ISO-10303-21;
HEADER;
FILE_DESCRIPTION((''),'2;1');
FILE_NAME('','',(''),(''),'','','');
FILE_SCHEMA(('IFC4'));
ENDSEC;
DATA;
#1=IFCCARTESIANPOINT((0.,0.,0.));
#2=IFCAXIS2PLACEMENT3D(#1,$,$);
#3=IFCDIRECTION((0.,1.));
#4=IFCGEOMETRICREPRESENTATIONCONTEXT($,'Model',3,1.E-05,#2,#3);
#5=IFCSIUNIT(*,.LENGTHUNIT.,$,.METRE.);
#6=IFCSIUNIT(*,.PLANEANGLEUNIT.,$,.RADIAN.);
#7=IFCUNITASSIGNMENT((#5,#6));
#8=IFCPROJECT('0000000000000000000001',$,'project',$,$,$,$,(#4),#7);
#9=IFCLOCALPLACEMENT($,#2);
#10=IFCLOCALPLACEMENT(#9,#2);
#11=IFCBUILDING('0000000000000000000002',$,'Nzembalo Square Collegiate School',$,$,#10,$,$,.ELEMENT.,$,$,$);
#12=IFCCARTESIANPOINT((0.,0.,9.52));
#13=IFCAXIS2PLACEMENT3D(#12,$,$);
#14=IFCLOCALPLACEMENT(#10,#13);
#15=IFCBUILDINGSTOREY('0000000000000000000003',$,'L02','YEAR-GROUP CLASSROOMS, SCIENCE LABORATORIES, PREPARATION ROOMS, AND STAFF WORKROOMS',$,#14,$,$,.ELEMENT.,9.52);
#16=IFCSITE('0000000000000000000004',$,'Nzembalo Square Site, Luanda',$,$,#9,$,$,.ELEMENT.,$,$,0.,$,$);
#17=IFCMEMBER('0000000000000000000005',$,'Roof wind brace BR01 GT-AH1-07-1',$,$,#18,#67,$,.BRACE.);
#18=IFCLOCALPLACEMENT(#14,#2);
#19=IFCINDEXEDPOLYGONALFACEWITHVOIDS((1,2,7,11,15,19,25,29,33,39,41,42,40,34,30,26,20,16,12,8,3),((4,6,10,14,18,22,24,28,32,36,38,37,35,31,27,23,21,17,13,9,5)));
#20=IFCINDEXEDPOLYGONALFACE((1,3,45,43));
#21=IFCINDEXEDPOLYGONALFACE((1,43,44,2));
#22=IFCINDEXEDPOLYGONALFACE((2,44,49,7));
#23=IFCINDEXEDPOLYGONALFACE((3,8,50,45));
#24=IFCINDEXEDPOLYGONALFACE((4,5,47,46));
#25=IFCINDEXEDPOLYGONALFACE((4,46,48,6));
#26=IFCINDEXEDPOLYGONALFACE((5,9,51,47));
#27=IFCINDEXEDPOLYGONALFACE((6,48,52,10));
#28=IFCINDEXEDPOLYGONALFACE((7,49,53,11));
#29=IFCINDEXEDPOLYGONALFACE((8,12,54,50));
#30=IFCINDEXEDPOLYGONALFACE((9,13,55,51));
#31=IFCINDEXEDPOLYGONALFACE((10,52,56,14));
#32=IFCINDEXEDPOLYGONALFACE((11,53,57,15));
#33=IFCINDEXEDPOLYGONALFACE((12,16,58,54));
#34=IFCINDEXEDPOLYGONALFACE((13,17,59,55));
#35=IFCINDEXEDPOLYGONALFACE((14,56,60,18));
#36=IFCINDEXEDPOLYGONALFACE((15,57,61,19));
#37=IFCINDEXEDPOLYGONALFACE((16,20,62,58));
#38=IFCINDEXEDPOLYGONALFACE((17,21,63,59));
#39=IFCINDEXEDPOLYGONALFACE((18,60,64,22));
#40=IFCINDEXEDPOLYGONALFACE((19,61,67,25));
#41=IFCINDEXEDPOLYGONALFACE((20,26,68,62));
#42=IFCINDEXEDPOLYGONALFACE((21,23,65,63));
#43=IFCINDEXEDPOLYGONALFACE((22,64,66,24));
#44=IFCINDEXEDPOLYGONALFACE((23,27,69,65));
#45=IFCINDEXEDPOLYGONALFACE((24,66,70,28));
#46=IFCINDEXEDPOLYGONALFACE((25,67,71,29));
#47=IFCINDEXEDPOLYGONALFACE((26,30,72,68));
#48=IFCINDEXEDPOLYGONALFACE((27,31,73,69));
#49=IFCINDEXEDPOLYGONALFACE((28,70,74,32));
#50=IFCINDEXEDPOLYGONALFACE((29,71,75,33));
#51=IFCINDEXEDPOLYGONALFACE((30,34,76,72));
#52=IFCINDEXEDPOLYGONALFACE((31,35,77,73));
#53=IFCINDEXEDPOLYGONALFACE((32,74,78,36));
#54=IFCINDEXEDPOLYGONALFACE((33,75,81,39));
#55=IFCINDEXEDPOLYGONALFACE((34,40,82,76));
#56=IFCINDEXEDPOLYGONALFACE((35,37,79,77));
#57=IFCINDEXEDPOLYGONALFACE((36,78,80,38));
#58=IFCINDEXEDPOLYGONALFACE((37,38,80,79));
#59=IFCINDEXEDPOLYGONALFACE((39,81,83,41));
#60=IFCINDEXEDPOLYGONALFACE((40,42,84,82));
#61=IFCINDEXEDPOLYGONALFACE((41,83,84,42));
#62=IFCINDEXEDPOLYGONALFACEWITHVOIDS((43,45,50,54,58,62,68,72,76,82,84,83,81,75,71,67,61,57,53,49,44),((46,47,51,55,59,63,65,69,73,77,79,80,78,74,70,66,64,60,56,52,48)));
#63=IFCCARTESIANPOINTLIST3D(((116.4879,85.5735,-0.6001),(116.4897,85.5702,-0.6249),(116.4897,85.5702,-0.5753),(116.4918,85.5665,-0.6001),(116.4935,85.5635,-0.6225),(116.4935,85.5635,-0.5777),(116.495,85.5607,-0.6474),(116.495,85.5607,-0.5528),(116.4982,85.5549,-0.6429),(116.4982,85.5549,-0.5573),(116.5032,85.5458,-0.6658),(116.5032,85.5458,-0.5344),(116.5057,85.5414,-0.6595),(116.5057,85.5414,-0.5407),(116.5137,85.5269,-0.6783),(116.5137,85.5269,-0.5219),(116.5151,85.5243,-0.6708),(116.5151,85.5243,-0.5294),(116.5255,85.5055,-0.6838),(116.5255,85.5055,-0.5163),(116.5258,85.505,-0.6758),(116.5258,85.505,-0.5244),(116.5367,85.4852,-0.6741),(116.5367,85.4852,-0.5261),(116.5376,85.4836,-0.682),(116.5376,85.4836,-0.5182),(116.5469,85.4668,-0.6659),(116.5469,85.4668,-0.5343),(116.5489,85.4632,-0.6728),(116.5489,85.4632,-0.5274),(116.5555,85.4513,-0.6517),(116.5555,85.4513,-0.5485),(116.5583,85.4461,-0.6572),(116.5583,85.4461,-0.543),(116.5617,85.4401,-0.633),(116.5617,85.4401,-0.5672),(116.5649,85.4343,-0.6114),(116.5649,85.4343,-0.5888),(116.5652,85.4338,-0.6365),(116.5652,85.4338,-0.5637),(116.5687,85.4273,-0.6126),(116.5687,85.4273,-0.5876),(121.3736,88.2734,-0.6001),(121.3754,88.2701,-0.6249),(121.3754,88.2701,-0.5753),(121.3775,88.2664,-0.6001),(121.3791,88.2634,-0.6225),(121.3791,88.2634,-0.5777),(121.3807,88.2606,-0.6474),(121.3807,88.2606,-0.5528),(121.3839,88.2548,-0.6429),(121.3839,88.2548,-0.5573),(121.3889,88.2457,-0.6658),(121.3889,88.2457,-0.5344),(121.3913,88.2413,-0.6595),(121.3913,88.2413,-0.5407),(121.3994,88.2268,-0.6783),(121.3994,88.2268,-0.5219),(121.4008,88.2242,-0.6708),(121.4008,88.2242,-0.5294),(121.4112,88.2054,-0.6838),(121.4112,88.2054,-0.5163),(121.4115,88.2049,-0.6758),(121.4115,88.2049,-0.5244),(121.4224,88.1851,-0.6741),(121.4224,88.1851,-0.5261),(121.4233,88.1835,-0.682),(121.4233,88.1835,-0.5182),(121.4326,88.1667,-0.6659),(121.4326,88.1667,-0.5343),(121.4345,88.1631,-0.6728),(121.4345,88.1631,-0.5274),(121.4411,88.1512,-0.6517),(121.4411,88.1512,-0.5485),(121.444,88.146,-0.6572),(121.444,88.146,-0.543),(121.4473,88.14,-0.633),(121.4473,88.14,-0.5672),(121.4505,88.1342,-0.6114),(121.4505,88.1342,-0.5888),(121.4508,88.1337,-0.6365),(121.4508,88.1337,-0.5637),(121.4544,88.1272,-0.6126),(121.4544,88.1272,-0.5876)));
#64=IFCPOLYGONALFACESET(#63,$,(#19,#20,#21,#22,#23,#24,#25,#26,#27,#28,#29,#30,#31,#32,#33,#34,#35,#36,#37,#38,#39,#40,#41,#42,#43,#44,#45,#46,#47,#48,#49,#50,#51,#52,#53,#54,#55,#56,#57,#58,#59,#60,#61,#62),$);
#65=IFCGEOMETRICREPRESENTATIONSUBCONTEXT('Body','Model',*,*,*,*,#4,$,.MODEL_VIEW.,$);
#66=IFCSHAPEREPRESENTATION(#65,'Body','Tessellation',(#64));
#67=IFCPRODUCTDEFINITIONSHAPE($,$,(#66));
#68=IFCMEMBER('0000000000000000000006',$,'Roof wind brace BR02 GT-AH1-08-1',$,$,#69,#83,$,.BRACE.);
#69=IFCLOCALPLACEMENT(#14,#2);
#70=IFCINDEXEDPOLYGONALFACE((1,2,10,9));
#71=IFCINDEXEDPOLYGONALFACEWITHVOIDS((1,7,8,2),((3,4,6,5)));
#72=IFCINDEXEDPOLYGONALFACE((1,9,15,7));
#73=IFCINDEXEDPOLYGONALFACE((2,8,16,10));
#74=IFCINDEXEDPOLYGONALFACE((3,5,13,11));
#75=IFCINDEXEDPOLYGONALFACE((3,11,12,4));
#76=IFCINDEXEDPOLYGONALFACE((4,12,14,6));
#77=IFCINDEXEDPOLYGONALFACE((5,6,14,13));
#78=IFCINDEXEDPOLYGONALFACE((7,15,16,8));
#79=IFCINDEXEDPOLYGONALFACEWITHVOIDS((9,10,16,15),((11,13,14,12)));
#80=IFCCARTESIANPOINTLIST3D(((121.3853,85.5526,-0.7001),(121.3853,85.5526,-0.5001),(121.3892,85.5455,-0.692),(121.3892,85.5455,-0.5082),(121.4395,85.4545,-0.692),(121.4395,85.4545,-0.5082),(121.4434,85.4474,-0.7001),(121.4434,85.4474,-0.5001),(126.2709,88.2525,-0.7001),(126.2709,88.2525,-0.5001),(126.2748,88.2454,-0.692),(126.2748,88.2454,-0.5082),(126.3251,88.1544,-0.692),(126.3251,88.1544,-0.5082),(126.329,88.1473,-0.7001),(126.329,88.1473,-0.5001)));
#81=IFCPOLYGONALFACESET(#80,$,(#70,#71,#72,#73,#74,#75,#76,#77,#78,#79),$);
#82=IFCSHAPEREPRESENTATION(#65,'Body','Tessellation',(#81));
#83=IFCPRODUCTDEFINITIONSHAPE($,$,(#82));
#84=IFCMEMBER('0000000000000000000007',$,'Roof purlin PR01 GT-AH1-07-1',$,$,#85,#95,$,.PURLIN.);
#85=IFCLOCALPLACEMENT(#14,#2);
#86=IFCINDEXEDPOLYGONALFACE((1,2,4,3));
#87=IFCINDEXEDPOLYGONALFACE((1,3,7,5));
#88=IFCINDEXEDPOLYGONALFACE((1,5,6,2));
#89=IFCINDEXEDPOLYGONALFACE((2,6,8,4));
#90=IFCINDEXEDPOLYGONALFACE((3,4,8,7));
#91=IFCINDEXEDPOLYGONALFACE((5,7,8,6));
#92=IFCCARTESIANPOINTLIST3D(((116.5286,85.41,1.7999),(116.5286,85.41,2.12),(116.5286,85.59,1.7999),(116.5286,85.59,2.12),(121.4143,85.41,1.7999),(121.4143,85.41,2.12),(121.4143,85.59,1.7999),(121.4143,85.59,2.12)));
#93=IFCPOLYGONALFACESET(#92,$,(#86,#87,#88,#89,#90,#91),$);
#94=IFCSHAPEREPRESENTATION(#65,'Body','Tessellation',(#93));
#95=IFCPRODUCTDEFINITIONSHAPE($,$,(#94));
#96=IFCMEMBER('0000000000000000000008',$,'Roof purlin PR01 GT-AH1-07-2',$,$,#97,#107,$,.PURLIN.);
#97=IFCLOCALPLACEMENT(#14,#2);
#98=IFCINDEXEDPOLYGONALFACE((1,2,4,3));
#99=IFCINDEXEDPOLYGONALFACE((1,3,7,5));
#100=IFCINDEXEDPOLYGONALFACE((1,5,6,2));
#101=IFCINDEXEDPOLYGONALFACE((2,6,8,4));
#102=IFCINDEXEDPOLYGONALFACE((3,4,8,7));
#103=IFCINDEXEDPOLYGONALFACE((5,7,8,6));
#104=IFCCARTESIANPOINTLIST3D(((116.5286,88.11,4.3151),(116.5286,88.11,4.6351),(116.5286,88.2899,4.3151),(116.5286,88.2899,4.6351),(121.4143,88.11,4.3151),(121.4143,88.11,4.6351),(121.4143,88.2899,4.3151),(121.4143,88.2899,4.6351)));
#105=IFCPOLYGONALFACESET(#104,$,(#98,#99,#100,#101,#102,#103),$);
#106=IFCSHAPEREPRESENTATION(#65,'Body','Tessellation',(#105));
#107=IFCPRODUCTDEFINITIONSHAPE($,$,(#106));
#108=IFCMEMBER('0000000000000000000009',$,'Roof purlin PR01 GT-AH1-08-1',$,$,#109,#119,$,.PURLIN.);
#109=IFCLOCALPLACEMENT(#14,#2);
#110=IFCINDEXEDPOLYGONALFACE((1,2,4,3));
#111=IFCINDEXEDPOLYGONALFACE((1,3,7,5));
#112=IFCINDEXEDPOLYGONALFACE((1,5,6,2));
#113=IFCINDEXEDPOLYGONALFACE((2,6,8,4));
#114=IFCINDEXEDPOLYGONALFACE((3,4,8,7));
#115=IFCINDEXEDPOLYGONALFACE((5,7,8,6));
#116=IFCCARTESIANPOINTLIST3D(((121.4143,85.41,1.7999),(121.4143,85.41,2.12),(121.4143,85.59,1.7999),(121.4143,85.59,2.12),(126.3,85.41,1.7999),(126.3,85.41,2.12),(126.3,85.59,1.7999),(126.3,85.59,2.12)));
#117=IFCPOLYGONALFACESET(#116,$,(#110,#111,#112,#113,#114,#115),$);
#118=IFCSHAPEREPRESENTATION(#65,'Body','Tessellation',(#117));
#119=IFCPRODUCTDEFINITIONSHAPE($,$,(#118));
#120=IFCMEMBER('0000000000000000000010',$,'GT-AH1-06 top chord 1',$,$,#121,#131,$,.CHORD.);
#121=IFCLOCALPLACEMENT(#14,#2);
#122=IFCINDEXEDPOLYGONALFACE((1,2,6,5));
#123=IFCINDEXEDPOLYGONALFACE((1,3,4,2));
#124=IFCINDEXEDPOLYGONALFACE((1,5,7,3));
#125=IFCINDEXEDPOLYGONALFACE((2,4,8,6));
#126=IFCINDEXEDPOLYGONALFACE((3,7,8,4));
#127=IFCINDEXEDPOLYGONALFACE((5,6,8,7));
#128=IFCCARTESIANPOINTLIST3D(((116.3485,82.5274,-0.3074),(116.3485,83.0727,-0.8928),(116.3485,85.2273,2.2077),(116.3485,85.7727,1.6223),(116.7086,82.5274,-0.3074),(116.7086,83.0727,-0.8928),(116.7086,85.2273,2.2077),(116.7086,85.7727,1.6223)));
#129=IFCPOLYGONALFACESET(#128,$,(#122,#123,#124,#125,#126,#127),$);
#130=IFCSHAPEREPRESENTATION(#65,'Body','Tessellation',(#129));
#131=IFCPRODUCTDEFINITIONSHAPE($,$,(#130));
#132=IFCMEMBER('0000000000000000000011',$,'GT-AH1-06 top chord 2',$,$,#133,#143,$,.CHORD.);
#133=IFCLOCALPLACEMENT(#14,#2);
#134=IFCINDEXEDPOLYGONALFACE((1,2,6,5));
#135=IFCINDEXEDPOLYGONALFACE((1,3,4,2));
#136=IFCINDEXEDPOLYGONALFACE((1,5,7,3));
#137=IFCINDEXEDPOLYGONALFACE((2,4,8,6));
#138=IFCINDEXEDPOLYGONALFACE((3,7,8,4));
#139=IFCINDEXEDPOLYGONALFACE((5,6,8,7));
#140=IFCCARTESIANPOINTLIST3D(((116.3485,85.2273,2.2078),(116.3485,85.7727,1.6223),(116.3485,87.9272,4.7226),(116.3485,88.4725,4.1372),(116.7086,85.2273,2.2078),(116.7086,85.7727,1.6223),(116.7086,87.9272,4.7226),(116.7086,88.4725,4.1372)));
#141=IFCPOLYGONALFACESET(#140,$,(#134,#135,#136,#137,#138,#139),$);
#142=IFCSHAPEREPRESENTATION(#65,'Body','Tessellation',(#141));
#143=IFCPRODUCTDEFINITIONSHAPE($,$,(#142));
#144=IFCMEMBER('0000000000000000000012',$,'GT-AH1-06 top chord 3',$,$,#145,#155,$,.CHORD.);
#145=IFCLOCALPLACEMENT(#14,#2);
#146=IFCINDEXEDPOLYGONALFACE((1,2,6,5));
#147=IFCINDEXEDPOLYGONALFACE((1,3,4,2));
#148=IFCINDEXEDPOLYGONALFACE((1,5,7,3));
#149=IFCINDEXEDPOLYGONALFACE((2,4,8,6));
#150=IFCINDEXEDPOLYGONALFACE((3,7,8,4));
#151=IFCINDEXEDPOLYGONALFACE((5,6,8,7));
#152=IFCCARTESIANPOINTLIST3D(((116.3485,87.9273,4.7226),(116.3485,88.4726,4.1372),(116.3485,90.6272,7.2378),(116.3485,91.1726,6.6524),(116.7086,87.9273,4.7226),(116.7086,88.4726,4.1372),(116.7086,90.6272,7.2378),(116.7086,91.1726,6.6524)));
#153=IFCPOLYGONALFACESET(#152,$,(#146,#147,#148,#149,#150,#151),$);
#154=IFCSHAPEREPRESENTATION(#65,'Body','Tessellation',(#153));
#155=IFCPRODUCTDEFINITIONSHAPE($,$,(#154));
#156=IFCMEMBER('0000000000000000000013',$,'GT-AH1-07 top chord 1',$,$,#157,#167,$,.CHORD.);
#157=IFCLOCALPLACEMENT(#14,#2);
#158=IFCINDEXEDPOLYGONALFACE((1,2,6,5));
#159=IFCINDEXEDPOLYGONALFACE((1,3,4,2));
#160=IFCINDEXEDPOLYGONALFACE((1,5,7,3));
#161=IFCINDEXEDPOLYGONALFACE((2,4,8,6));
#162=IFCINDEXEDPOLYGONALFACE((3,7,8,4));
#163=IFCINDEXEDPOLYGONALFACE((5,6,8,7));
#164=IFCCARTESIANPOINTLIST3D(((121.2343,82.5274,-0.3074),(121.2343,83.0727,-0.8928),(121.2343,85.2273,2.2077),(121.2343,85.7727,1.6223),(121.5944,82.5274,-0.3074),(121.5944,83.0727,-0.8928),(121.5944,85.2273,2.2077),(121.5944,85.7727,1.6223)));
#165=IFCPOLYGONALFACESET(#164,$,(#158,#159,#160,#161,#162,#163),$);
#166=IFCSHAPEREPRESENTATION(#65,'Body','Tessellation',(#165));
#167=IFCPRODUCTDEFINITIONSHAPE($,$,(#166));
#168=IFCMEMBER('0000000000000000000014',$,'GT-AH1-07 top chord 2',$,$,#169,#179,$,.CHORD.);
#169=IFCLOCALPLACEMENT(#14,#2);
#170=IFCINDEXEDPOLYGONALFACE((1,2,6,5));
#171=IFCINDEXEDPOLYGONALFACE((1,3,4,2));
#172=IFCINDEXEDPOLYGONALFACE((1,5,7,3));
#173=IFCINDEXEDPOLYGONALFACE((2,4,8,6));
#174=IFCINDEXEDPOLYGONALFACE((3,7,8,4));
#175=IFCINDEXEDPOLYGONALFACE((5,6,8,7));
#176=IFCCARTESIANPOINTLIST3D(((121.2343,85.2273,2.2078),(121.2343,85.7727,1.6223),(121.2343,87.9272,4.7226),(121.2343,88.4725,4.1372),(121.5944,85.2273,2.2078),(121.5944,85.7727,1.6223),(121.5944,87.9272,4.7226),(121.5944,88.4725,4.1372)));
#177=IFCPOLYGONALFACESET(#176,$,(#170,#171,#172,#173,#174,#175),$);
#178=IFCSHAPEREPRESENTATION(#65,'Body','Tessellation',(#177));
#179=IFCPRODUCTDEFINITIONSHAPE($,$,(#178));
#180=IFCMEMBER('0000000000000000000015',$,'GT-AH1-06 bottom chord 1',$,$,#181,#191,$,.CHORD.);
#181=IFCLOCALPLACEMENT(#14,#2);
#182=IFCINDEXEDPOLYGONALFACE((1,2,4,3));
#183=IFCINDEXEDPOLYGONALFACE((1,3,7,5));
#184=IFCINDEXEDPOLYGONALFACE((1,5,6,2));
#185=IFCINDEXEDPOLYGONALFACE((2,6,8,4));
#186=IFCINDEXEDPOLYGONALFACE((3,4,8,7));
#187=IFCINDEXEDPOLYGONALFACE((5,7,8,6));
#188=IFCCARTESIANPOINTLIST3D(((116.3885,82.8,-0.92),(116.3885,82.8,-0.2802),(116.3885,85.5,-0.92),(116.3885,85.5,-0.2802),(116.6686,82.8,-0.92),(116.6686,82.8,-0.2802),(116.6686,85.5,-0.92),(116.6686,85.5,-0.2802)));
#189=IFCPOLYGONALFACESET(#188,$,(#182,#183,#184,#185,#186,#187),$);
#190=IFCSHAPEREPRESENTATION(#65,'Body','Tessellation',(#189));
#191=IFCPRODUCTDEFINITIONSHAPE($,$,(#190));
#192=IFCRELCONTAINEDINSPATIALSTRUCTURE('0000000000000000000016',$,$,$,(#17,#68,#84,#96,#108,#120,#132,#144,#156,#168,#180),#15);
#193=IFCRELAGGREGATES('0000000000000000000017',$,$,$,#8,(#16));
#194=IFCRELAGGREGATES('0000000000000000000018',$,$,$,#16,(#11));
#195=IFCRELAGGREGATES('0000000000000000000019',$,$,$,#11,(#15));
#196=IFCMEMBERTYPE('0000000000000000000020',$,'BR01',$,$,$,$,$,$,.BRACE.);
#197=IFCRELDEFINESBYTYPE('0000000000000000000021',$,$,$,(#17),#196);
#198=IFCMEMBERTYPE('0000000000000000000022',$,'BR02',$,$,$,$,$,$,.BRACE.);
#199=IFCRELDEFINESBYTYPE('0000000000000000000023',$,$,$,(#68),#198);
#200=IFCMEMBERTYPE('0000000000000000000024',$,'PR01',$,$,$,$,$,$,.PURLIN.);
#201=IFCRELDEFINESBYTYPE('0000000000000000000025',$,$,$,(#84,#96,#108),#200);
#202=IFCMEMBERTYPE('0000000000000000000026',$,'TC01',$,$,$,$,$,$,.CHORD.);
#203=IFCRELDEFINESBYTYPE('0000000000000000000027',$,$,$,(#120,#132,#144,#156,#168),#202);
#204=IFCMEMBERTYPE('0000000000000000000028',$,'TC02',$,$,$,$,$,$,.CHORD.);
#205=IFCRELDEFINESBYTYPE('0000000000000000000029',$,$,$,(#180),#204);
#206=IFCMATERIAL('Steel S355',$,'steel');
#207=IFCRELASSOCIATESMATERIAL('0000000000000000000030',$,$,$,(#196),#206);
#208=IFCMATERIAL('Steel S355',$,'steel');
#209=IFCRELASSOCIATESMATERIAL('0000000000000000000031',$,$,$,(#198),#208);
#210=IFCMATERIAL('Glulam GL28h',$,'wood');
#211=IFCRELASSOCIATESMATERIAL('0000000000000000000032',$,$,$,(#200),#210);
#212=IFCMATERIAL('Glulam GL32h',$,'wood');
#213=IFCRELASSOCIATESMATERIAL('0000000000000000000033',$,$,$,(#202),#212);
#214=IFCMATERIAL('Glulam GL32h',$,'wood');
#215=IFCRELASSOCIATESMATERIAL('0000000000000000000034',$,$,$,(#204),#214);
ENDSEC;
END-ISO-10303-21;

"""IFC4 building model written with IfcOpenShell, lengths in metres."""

from ifc_helpers import new_model, si_unit, direction, frame, origin, origin_2d, place, context, subcontext, project, spatial, rectangle, hollow_rectangle, hollow_circle, extrude, material, material_profile, profile_set, type_object, element, save


model = new_model("IFC4")

# Units and contexts
model_context = context("Model", 3, precision=1e-05, world=origin(), true_north=direction((0.0, 1.0)))
body_context = subcontext(model_context, "Body", "Model", "MODEL_VIEW")
ifc_project = project(units=[si_unit("LENGTHUNIT", "METRE"), si_unit("PLANEANGLEUNIT", "RADIAN")], contexts=[model_context])

# Site, building, storey
site_placement = place(None, origin())
site = spatial("IfcSite", under=ifc_project, at=site_placement, Name="Nzembalo Square Site, Luanda", CompositionType="ELEMENT", RefElevation=0.0)
building_placement = place(site_placement, origin())
building = spatial("IfcBuilding", under=site, at=building_placement, Name="Nzembalo Square Collegiate School", CompositionType="ELEMENT")
storey_placement = place(building_placement, frame((0.0, 0.0, 9.52)))
storey = spatial("IfcBuildingStorey", under=building, at=storey_placement, Name="L02", Description="YEAR-GROUP CLASSROOMS, SCIENCE LABORATORIES, PREPARATION ROOMS, AND STAFF WORKROOMS", CompositionType="ELEMENT", Elevation=9.52)

# Members
ifc_material_1 = material(Name="Steel S355", Category="steel")
ifc_material_profile_1 = material_profile(ifc_material_1, hollow_circle(Radius=0.084, WallThickness=0.0081, at=origin_2d()), Name="CHS 168x8")
ifc_profile_set_1 = profile_set([ifc_material_profile_1], Name="Steel S355")
member_type_1 = type_object("IfcMemberType", Name="BR01", PredefinedType="BRACE", material=ifc_profile_set_1)
member_1_placement = place(storey_placement, frame((116.5286, 85.5, -0.6001), z_axis=(0.875246, 0.483677, 0.0), x_axis=(-0.483677, 0.875246, 0.0)))
element("IfcMember", 1, at=member_1_placement, inside=storey, type_object=member_type_1, Name="Roof wind brace BR01 GT-AH1-07-1", PredefinedType="BRACE", context=body_context, shape_type="SweptSolid", body=[
    extrude(hollow_circle(Radius=0.084, WallThickness=0.0081, at=origin_2d()), origin(), (0.0, 0.0, 1.0), 5.582),
])
ifc_material_2 = material(Name="Steel S355", Category="steel")
ifc_material_profile_2 = material_profile(ifc_material_2, hollow_rectangle(XDim=0.1201, YDim=0.2, WallThickness=0.0081, at=origin_2d()), Name="RHS 200x120x8")
ifc_profile_set_2 = profile_set([ifc_material_profile_2], Name="Steel S355")
member_type_2 = type_object("IfcMemberType", Name="BR02", PredefinedType="BRACE", material=ifc_profile_set_2)
member_2_placement = place(storey_placement, frame((121.4143, 85.5, -0.6001), z_axis=(0.875246, 0.483677, 0.0), x_axis=(-0.483677, 0.875246, 0.0)))
element("IfcMember", 2, at=member_2_placement, inside=storey, type_object=member_type_2, Name="Roof wind brace BR02 GT-AH1-08-1", PredefinedType="BRACE", context=body_context, shape_type="SweptSolid", body=[
    extrude(hollow_rectangle(XDim=0.1201, YDim=0.2, WallThickness=0.0081, at=origin_2d()), origin(), (0.0, 0.0, 1.0), 5.582),
])
ifc_material_3 = material(Name="Glulam GL28h", Category="wood")
ifc_material_profile_3 = material_profile(ifc_material_3, rectangle(XDim=0.1799, YDim=0.3201, at=origin_2d()), Name="GL28h 180x320")
ifc_profile_set_3 = profile_set([ifc_material_profile_3], Name="Glulam GL28h")
member_type_3 = type_object("IfcMemberType", Name="PR01", PredefinedType="PURLIN", material=ifc_profile_set_3)
for number, where, z_axis, x_axis, name in (
    (3, (116.5286, 85.5, 1.96), (1.0, 0.0, 0.0), (0.0, 1.0, 0.0), "Roof purlin PR01 GT-AH1-07-1"),
    (4, (116.5286, 88.2, 4.4751), (1.0, 0.0, 0.0), (0.0, 1.0, 0.0), "Roof purlin PR01 GT-AH1-07-2"),
    (5, (121.4143, 85.5, 1.96), (1.0, 0.0, 0.0), (0.0, 1.0, 0.0), "Roof purlin PR01 GT-AH1-08-1"),
):
    element("IfcMember", number, at=place(storey_placement, frame(where, z_axis=z_axis, x_axis=x_axis)), inside=storey, type_object=member_type_3, Name=name, PredefinedType="PURLIN", context=body_context, shape_type="SweptSolid", body=[
        extrude(rectangle(XDim=0.1799, YDim=0.3201, at=origin_2d()), origin(), (0.0, 0.0, 1.0), 4.8857),
    ])
ifc_material_4 = material(Name="Glulam GL32h", Category="wood")
ifc_material_profile_4 = material_profile(ifc_material_4, rectangle(XDim=0.3601, YDim=0.8, at=origin_2d()), Name="GL32h 360x800")
ifc_profile_set_4 = profile_set([ifc_material_profile_4], Name="Glulam GL32h")
member_type_4 = type_object("IfcMemberType", Name="TC01", PredefinedType="CHORD", material=ifc_profile_set_4)
member_3_placement = place(storey_placement, frame((116.5286, 82.8, -0.6001), z_axis=(0.0, 0.731706, 0.68162), x_axis=(-1.0, 0.0, 0.0)))
element("IfcMember", 6, at=member_3_placement, inside=storey, type_object=member_type_4, Name="GT-AH1-06 top chord 1", PredefinedType="CHORD", context=body_context, shape_type="SweptSolid", body=[
    extrude(rectangle(XDim=0.3601, YDim=0.8, at=origin_2d()), origin(), (0.0, 0.0, 1.0), 3.6899),
])
member_4_placement = place(storey_placement, frame((116.5286, 85.5, 1.915), z_axis=(0.0, 0.731739, 0.681585), x_axis=(-1.0, 0.0, 0.0)))
element("IfcMember", 7, at=member_4_placement, inside=storey, type_object=member_type_4, Name="GT-AH1-06 top chord 2", PredefinedType="CHORD", context=body_context, shape_type="SweptSolid", body=[
    extrude(rectangle(XDim=0.3601, YDim=0.8, at=origin_2d()), origin(), (0.0, 0.0, 1.0), 3.6897),
])
for number, where, z_axis, x_axis, name in (
    (8, (116.5286, 88.2, 4.4299), (0.0, 0.731706, 0.68162), (-1.0, 0.0, 0.0), "GT-AH1-06 top chord 3"),
    (9, (121.4143, 82.8, -0.6001), (0.0, 0.731706, 0.68162), (-1.0, 0.0, 0.0), "GT-AH1-07 top chord 1"),
):
    element("IfcMember", number, at=place(storey_placement, frame(where, z_axis=z_axis, x_axis=x_axis)), inside=storey, type_object=member_type_4, Name=name, PredefinedType="CHORD", context=body_context, shape_type="SweptSolid", body=[
        extrude(rectangle(XDim=0.3601, YDim=0.8, at=origin_2d()), origin(), (0.0, 0.0, 1.0), 3.6899),
    ])
member_5_placement = place(storey_placement, frame((121.4143, 85.5, 1.915), z_axis=(0.0, 0.731739, 0.681585), x_axis=(-1.0, 0.0, 0.0)))
element("IfcMember", 10, at=member_5_placement, inside=storey, type_object=member_type_4, Name="GT-AH1-07 top chord 2", PredefinedType="CHORD", context=body_context, shape_type="SweptSolid", body=[
    extrude(rectangle(XDim=0.3601, YDim=0.8, at=origin_2d()), origin(), (0.0, 0.0, 1.0), 3.6897),
])
ifc_material_5 = material(Name="Glulam GL32h", Category="wood")
ifc_material_profile_5 = material_profile(ifc_material_5, rectangle(XDim=0.28, YDim=0.6399, at=origin_2d()), Name="GL32h 280x640")
ifc_profile_set_5 = profile_set([ifc_material_profile_5], Name="Glulam GL32h")
member_type_5 = type_object("IfcMemberType", Name="TC02", PredefinedType="CHORD", material=ifc_profile_set_5)
for number, where, z_axis, x_axis, name in (
    (11, (116.5286, 82.8, -0.6001), (0.0, 1.0, 0.0), (-1.0, 0.0, 0.0), "GT-AH1-06 bottom chord 1"),
):
    element("IfcMember", number, at=place(storey_placement, frame(where, z_axis=z_axis, x_axis=x_axis)), inside=storey, type_object=member_type_5, Name=name, PredefinedType="CHORD", context=body_context, shape_type="SweptSolid", body=[
        extrude(rectangle(XDim=0.28, YDim=0.6399, at=origin_2d()), origin(), (0.0, 0.0, 1.0), 2.7),
    ])

save(model, "model.ifc")
